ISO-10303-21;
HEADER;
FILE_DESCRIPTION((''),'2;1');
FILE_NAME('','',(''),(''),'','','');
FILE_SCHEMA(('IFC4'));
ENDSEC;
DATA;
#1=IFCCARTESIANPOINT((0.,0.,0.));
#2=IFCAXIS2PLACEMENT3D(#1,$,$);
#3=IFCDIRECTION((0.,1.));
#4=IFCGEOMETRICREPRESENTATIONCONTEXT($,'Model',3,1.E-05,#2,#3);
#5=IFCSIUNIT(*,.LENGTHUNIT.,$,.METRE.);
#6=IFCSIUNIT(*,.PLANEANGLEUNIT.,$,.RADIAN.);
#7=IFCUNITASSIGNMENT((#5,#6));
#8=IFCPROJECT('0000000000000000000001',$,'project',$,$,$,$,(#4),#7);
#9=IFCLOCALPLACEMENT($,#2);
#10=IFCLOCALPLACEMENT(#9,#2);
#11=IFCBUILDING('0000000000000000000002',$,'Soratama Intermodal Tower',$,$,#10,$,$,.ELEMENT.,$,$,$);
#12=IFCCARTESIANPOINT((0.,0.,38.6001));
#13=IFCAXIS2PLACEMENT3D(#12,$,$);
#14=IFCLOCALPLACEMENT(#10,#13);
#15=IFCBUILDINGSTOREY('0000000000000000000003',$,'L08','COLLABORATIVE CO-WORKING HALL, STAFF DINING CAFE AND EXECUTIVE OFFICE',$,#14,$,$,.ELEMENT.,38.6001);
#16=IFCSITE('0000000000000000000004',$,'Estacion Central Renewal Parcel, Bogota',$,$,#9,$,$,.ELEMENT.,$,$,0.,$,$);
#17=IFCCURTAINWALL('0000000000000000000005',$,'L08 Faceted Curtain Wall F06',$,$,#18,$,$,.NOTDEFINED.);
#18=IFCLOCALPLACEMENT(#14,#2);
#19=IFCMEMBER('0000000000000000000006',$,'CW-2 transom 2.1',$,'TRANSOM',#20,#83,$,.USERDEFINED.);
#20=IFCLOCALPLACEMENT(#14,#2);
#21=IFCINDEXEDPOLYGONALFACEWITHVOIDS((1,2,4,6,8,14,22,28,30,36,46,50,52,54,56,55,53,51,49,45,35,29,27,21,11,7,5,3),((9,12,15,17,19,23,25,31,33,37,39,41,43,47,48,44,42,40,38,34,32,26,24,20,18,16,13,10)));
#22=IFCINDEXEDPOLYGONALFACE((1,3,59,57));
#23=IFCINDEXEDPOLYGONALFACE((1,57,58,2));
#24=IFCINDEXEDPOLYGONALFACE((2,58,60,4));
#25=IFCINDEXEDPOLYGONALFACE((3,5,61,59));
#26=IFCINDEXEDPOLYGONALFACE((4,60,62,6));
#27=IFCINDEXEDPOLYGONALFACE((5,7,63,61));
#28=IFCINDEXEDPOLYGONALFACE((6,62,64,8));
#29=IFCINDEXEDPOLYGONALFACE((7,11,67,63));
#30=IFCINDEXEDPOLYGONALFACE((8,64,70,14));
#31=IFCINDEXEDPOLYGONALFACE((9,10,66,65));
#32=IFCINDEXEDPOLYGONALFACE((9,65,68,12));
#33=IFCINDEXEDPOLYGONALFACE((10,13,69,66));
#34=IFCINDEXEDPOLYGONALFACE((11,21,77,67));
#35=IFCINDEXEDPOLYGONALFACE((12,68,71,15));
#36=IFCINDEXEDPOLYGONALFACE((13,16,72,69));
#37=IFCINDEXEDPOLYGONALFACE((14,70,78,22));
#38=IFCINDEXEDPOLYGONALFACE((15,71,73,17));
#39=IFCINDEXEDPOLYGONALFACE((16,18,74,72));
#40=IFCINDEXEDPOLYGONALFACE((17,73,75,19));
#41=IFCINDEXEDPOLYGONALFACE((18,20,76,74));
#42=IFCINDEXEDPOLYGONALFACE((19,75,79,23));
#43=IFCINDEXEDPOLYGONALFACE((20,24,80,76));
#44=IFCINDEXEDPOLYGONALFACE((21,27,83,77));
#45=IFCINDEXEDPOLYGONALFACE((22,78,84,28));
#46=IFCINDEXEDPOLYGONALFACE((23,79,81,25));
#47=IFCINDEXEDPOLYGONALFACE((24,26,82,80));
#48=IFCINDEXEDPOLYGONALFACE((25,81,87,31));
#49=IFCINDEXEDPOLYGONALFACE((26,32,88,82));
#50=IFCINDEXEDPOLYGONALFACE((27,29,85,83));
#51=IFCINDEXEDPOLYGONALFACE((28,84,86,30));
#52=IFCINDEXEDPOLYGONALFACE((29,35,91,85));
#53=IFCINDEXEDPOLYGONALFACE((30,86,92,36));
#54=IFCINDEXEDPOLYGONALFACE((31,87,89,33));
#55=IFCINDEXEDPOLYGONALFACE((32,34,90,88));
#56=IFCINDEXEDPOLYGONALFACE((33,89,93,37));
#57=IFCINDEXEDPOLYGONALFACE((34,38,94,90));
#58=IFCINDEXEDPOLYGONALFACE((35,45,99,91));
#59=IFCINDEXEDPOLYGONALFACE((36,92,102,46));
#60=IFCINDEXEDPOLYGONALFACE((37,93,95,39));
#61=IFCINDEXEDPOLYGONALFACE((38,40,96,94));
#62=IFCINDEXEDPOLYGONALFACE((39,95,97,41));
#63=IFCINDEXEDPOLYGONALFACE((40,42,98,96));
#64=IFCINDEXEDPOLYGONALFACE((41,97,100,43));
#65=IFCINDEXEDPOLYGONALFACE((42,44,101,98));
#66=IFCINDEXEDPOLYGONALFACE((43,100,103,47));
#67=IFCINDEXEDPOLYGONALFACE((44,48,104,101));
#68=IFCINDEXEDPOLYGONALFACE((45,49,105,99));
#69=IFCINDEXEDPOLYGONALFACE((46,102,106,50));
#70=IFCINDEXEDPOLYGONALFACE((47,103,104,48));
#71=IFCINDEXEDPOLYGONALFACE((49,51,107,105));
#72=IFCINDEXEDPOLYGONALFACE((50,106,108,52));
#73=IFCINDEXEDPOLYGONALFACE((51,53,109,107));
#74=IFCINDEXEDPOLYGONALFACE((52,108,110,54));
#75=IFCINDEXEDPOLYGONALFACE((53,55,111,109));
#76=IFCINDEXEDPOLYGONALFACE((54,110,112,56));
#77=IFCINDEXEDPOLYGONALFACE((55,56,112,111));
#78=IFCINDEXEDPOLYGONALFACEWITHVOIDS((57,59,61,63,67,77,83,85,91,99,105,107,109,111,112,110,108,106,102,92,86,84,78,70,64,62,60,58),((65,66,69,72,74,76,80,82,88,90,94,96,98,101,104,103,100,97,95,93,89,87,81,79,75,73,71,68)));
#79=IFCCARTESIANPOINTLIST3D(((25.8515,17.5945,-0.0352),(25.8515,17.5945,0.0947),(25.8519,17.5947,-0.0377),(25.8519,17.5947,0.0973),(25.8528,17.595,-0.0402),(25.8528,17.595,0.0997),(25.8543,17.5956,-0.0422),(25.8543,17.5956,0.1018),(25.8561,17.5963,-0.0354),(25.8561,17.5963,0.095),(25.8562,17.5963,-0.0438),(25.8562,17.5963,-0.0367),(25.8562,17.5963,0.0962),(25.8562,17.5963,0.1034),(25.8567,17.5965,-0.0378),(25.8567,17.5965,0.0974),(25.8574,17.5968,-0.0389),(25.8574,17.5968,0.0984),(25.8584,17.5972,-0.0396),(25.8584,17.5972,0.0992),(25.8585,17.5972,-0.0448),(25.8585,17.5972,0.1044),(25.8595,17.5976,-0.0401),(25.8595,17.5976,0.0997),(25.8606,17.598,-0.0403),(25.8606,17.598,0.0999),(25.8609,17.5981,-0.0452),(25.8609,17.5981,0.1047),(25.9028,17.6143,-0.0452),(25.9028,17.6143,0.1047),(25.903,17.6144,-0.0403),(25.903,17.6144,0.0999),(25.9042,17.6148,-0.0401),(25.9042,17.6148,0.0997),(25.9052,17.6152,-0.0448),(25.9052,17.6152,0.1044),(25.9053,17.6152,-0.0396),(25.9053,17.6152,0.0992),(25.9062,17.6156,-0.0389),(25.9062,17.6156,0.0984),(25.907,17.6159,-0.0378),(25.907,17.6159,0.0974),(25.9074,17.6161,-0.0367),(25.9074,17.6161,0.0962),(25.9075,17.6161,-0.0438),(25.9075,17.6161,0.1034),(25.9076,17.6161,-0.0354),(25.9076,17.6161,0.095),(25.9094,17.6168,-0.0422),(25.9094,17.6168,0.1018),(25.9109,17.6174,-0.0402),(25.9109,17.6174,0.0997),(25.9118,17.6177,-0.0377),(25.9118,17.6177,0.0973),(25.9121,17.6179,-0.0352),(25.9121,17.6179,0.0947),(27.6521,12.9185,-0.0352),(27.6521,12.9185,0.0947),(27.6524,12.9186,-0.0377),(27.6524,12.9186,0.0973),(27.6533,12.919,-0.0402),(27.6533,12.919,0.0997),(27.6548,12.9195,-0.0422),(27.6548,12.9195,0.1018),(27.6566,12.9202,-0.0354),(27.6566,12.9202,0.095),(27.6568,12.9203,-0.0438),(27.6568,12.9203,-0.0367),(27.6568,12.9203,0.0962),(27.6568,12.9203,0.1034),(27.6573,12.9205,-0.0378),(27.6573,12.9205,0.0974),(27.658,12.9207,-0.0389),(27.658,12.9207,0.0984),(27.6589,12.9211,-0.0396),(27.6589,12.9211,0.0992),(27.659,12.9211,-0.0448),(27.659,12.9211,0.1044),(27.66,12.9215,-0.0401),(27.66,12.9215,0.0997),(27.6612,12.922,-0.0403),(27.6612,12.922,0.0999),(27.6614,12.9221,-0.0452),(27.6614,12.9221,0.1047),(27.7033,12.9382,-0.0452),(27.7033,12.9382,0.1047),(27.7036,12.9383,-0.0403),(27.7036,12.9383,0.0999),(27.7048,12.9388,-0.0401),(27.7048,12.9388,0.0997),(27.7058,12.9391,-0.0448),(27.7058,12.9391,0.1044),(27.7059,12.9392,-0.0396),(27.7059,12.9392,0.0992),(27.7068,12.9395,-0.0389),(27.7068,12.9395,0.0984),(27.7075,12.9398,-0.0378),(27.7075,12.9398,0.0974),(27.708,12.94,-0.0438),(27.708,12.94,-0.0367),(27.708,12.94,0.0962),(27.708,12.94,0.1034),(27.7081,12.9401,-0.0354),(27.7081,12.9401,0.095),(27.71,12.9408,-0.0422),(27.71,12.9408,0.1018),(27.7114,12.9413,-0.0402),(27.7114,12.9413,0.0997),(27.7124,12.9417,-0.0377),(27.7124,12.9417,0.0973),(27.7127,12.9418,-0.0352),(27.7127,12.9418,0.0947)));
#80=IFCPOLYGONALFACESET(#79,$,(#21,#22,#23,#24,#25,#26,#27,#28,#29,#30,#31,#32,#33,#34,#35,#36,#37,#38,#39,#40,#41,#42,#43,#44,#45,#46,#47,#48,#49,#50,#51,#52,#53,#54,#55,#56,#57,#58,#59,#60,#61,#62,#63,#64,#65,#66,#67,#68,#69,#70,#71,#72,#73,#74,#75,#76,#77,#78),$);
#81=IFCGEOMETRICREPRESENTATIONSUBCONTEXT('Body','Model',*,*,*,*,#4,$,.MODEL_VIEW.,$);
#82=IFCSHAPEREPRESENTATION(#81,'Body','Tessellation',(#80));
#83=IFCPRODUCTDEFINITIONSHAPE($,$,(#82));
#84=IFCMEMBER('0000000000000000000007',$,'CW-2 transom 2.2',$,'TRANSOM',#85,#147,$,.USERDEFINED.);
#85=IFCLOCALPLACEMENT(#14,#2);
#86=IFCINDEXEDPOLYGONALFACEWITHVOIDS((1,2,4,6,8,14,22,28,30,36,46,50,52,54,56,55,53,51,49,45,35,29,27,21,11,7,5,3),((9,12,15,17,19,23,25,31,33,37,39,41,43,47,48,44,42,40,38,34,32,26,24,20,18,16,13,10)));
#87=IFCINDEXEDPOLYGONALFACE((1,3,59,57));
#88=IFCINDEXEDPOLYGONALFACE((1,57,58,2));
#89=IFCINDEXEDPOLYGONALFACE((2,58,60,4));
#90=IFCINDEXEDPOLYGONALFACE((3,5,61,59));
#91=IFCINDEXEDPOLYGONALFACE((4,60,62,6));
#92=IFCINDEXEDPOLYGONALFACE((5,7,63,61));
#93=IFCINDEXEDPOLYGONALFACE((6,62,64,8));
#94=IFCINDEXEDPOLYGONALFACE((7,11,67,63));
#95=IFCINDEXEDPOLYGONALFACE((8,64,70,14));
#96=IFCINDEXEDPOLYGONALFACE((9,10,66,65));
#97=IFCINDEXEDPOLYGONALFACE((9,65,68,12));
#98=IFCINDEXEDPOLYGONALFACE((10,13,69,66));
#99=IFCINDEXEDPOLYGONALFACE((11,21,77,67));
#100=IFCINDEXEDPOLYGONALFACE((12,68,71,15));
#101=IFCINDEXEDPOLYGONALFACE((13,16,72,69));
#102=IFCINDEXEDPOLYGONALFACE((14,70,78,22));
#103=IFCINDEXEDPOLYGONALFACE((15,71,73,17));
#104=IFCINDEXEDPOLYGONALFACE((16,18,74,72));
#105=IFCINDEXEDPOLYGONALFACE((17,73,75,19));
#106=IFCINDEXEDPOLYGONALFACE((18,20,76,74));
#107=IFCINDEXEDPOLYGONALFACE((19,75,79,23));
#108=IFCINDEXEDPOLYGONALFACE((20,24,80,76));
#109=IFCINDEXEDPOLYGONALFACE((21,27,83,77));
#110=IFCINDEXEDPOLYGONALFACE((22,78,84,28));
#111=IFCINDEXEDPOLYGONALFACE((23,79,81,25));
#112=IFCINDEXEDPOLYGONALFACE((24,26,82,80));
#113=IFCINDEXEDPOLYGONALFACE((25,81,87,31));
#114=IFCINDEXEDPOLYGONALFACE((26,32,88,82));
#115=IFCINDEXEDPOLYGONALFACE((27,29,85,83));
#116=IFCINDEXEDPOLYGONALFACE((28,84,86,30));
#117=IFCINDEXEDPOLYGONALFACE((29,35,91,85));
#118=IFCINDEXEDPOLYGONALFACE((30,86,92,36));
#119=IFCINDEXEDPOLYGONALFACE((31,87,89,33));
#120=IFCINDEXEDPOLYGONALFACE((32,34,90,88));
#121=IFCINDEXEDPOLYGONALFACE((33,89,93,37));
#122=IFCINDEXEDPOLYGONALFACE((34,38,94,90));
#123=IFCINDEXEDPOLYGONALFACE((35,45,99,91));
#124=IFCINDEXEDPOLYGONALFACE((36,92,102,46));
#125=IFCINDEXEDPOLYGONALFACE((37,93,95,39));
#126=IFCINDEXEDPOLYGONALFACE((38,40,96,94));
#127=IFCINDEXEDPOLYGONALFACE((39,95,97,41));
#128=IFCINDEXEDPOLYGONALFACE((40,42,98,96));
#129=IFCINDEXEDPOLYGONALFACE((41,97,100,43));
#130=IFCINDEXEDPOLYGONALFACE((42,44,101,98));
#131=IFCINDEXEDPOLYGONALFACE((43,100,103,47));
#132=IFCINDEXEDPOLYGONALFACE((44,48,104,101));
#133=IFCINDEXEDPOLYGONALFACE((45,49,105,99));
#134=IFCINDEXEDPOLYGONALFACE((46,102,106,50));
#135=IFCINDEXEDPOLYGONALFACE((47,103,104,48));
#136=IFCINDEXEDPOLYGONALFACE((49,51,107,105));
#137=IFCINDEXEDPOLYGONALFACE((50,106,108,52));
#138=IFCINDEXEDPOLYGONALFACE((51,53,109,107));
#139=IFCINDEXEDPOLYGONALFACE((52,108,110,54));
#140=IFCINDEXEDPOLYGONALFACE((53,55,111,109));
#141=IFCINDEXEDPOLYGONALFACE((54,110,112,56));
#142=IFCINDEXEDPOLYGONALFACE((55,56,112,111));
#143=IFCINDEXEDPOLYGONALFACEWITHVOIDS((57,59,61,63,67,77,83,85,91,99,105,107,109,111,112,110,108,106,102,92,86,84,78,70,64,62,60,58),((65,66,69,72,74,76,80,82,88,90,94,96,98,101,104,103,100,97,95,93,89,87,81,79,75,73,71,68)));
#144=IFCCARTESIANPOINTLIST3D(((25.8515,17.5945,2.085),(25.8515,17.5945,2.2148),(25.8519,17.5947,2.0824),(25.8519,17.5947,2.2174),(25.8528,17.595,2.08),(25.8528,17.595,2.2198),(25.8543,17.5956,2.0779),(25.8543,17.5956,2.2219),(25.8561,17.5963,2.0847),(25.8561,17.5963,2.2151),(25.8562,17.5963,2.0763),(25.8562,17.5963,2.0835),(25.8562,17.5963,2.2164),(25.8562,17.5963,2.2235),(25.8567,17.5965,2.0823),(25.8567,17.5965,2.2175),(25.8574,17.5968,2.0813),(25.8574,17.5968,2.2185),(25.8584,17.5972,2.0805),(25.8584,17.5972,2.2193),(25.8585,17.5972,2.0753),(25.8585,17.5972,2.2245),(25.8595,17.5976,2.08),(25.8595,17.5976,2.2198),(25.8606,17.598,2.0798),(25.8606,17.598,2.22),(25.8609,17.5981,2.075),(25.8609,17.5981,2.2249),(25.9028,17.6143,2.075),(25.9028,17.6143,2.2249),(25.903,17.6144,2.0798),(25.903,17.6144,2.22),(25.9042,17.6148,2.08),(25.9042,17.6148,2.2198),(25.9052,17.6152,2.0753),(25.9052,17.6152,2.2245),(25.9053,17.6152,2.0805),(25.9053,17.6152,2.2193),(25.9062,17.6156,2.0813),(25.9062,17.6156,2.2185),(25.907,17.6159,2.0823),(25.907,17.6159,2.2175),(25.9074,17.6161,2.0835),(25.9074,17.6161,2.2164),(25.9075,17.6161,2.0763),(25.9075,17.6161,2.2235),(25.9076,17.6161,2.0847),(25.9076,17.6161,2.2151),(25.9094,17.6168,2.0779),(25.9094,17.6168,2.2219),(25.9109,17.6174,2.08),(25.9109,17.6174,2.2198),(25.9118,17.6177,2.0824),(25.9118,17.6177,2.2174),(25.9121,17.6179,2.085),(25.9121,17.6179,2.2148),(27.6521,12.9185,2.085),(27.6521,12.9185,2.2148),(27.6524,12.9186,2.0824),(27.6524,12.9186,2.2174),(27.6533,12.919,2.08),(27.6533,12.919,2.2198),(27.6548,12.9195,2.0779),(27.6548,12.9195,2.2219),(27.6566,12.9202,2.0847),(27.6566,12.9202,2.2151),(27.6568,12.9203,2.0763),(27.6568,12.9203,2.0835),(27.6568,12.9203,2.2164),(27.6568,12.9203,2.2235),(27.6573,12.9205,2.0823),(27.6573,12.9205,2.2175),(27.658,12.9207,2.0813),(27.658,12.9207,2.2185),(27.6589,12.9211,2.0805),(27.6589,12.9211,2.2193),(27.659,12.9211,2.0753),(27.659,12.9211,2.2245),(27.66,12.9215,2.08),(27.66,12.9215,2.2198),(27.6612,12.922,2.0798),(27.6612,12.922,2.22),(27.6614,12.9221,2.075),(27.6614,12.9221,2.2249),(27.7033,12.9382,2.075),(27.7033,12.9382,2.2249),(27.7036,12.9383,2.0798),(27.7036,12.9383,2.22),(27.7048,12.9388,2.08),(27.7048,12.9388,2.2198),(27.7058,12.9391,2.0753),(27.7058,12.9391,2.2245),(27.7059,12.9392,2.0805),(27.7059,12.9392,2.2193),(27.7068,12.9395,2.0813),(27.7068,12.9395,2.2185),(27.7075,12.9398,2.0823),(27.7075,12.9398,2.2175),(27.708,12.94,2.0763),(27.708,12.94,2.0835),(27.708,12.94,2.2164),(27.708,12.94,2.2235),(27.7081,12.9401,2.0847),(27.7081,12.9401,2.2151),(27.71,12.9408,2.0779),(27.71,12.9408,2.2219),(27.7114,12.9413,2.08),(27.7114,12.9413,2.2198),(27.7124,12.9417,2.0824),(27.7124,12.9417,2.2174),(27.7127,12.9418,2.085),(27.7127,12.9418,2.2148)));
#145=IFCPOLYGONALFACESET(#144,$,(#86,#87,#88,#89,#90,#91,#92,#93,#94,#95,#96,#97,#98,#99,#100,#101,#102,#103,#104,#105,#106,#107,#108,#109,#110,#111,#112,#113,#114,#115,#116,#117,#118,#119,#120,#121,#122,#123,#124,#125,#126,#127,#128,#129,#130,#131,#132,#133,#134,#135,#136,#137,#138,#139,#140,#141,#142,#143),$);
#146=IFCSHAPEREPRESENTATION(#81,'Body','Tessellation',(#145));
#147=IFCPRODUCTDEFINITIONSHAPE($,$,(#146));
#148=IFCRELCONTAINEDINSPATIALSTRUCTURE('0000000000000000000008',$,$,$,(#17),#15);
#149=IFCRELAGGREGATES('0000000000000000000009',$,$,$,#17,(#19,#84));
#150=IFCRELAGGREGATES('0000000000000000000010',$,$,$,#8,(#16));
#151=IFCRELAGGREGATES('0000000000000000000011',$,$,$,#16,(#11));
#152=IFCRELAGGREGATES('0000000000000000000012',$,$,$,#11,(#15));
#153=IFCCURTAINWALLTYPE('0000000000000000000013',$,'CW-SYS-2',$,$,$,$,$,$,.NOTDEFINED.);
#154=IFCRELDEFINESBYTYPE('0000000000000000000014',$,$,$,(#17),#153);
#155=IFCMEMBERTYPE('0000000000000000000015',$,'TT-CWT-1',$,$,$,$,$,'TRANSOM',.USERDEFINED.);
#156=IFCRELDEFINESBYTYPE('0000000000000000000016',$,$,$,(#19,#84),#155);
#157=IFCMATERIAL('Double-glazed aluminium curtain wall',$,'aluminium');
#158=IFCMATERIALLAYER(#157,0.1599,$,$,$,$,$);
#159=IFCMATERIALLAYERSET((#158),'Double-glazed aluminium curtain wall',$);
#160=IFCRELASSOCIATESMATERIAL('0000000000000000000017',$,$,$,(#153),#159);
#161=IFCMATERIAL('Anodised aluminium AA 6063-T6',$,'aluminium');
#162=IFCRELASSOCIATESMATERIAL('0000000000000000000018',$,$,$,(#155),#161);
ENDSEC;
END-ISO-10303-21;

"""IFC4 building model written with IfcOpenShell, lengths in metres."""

from ifc_helpers import new_model, si_unit, direction, frame, origin, origin_2d, place, context, subcontext, project, spatial, hollow_rectangle, extrude, material, layer, layer_set, material_profile, profile_set, type_object, element, aggregate, save


model = new_model("IFC4")

# Units and contexts
model_context = context("Model", 3, precision=1e-05, world=origin(), true_north=direction((0.0, 1.0)))
body_context = subcontext(model_context, "Body", "Model", "MODEL_VIEW")
ifc_project = project(units=[si_unit("LENGTHUNIT", "METRE"), si_unit("PLANEANGLEUNIT", "RADIAN")], contexts=[model_context])

# Site, building, storey
site_placement = place(None, origin())
site = spatial("IfcSite", under=ifc_project, at=site_placement, Name="Estacion Central Renewal Parcel, Bogota", CompositionType="ELEMENT", RefElevation=0.0)
building_placement = place(site_placement, origin())
building = spatial("IfcBuilding", under=site, at=building_placement, Name="Soratama Intermodal Tower", CompositionType="ELEMENT")
storey_placement = place(building_placement, frame((0.0, 0.0, 38.6001)))
storey = spatial("IfcBuildingStorey", under=building, at=storey_placement, Name="L08", Description="COLLABORATIVE CO-WORKING HALL, STAFF DINING CAFE AND EXECUTIVE OFFICE", CompositionType="ELEMENT", Elevation=38.6001)

# Curtain wall
ifc_material_1 = material(Name="Double-glazed aluminium curtain wall", Category="aluminium")
ifc_layer_1 = layer(ifc_material_1, 0.1599)
ifc_layer_set_1 = layer_set([ifc_layer_1], Name="Double-glazed aluminium curtain wall")
curtain_wall_type = type_object("IfcCurtainWallType", Name="CW-SYS-2", PredefinedType="NOTDEFINED", material=ifc_layer_set_1)
curtain_wall_1_placement = place(storey_placement, origin())
curtain_wall_1 = element("IfcCurtainWall", 1, at=curtain_wall_1_placement, inside=storey, type_object=curtain_wall_type, Name="L08 Faceted Curtain Wall F06", PredefinedType="NOTDEFINED")

# Members
ifc_material_2 = material(Name="Anodised aluminium AA 6063-T6", Category="aluminium")
ifc_material_profile_1 = material_profile(ifc_material_2, hollow_rectangle(XDim=0.0649, YDim=0.1499, WallThickness=0.0049, InnerFilletRadius=0.0049, OuterFilletRadius=0.01, at=origin_2d()), Name="CWT150X65X5")
ifc_profile_set_1 = profile_set([ifc_material_profile_1], Name="Anodised aluminium AA 6063-T6")
member_type_1 = type_object("IfcMemberType", Name="TT-CWT-1", ElementType="TRANSOM", PredefinedType="USERDEFINED", material=ifc_profile_set_1)
member_1_placement = place(storey_placement, frame((25.8818, 17.6062, 0.0298), z_axis=(0.359338, -0.933207, 0.0), x_axis=(0.933207, 0.359338, 0.0)))
member_1 = element("IfcMember", 2, at=member_1_placement, type_object=member_type_1, Name="CW-2 transom 2.1", ObjectType="TRANSOM", PredefinedType="USERDEFINED", context=body_context, shape_type="SweptSolid", body=[
    extrude(hollow_rectangle(XDim=0.0649, YDim=0.1499, WallThickness=0.0049, InnerFilletRadius=0.0049, OuterFilletRadius=0.01, at=origin_2d()), origin(), (0.0, 0.0, 1.0), 5.0107),
])
member_2_placement = place(storey_placement, frame((25.8818, 17.6062, 2.1499), z_axis=(0.359338, -0.933207, 0.0), x_axis=(0.933207, 0.359338, 0.0)))
member_2 = element("IfcMember", 3, at=member_2_placement, type_object=member_type_1, Name="CW-2 transom 2.2", ObjectType="TRANSOM", PredefinedType="USERDEFINED", context=body_context, shape_type="SweptSolid", body=[
    extrude(hollow_rectangle(XDim=0.0649, YDim=0.1499, WallThickness=0.0049, InnerFilletRadius=0.0049, OuterFilletRadius=0.01, at=origin_2d()), origin(), (0.0, 0.0, 1.0), 5.0107),
])

aggregate(curtain_wall_1, [member_1, member_2])

save(model, "model.ifc")
